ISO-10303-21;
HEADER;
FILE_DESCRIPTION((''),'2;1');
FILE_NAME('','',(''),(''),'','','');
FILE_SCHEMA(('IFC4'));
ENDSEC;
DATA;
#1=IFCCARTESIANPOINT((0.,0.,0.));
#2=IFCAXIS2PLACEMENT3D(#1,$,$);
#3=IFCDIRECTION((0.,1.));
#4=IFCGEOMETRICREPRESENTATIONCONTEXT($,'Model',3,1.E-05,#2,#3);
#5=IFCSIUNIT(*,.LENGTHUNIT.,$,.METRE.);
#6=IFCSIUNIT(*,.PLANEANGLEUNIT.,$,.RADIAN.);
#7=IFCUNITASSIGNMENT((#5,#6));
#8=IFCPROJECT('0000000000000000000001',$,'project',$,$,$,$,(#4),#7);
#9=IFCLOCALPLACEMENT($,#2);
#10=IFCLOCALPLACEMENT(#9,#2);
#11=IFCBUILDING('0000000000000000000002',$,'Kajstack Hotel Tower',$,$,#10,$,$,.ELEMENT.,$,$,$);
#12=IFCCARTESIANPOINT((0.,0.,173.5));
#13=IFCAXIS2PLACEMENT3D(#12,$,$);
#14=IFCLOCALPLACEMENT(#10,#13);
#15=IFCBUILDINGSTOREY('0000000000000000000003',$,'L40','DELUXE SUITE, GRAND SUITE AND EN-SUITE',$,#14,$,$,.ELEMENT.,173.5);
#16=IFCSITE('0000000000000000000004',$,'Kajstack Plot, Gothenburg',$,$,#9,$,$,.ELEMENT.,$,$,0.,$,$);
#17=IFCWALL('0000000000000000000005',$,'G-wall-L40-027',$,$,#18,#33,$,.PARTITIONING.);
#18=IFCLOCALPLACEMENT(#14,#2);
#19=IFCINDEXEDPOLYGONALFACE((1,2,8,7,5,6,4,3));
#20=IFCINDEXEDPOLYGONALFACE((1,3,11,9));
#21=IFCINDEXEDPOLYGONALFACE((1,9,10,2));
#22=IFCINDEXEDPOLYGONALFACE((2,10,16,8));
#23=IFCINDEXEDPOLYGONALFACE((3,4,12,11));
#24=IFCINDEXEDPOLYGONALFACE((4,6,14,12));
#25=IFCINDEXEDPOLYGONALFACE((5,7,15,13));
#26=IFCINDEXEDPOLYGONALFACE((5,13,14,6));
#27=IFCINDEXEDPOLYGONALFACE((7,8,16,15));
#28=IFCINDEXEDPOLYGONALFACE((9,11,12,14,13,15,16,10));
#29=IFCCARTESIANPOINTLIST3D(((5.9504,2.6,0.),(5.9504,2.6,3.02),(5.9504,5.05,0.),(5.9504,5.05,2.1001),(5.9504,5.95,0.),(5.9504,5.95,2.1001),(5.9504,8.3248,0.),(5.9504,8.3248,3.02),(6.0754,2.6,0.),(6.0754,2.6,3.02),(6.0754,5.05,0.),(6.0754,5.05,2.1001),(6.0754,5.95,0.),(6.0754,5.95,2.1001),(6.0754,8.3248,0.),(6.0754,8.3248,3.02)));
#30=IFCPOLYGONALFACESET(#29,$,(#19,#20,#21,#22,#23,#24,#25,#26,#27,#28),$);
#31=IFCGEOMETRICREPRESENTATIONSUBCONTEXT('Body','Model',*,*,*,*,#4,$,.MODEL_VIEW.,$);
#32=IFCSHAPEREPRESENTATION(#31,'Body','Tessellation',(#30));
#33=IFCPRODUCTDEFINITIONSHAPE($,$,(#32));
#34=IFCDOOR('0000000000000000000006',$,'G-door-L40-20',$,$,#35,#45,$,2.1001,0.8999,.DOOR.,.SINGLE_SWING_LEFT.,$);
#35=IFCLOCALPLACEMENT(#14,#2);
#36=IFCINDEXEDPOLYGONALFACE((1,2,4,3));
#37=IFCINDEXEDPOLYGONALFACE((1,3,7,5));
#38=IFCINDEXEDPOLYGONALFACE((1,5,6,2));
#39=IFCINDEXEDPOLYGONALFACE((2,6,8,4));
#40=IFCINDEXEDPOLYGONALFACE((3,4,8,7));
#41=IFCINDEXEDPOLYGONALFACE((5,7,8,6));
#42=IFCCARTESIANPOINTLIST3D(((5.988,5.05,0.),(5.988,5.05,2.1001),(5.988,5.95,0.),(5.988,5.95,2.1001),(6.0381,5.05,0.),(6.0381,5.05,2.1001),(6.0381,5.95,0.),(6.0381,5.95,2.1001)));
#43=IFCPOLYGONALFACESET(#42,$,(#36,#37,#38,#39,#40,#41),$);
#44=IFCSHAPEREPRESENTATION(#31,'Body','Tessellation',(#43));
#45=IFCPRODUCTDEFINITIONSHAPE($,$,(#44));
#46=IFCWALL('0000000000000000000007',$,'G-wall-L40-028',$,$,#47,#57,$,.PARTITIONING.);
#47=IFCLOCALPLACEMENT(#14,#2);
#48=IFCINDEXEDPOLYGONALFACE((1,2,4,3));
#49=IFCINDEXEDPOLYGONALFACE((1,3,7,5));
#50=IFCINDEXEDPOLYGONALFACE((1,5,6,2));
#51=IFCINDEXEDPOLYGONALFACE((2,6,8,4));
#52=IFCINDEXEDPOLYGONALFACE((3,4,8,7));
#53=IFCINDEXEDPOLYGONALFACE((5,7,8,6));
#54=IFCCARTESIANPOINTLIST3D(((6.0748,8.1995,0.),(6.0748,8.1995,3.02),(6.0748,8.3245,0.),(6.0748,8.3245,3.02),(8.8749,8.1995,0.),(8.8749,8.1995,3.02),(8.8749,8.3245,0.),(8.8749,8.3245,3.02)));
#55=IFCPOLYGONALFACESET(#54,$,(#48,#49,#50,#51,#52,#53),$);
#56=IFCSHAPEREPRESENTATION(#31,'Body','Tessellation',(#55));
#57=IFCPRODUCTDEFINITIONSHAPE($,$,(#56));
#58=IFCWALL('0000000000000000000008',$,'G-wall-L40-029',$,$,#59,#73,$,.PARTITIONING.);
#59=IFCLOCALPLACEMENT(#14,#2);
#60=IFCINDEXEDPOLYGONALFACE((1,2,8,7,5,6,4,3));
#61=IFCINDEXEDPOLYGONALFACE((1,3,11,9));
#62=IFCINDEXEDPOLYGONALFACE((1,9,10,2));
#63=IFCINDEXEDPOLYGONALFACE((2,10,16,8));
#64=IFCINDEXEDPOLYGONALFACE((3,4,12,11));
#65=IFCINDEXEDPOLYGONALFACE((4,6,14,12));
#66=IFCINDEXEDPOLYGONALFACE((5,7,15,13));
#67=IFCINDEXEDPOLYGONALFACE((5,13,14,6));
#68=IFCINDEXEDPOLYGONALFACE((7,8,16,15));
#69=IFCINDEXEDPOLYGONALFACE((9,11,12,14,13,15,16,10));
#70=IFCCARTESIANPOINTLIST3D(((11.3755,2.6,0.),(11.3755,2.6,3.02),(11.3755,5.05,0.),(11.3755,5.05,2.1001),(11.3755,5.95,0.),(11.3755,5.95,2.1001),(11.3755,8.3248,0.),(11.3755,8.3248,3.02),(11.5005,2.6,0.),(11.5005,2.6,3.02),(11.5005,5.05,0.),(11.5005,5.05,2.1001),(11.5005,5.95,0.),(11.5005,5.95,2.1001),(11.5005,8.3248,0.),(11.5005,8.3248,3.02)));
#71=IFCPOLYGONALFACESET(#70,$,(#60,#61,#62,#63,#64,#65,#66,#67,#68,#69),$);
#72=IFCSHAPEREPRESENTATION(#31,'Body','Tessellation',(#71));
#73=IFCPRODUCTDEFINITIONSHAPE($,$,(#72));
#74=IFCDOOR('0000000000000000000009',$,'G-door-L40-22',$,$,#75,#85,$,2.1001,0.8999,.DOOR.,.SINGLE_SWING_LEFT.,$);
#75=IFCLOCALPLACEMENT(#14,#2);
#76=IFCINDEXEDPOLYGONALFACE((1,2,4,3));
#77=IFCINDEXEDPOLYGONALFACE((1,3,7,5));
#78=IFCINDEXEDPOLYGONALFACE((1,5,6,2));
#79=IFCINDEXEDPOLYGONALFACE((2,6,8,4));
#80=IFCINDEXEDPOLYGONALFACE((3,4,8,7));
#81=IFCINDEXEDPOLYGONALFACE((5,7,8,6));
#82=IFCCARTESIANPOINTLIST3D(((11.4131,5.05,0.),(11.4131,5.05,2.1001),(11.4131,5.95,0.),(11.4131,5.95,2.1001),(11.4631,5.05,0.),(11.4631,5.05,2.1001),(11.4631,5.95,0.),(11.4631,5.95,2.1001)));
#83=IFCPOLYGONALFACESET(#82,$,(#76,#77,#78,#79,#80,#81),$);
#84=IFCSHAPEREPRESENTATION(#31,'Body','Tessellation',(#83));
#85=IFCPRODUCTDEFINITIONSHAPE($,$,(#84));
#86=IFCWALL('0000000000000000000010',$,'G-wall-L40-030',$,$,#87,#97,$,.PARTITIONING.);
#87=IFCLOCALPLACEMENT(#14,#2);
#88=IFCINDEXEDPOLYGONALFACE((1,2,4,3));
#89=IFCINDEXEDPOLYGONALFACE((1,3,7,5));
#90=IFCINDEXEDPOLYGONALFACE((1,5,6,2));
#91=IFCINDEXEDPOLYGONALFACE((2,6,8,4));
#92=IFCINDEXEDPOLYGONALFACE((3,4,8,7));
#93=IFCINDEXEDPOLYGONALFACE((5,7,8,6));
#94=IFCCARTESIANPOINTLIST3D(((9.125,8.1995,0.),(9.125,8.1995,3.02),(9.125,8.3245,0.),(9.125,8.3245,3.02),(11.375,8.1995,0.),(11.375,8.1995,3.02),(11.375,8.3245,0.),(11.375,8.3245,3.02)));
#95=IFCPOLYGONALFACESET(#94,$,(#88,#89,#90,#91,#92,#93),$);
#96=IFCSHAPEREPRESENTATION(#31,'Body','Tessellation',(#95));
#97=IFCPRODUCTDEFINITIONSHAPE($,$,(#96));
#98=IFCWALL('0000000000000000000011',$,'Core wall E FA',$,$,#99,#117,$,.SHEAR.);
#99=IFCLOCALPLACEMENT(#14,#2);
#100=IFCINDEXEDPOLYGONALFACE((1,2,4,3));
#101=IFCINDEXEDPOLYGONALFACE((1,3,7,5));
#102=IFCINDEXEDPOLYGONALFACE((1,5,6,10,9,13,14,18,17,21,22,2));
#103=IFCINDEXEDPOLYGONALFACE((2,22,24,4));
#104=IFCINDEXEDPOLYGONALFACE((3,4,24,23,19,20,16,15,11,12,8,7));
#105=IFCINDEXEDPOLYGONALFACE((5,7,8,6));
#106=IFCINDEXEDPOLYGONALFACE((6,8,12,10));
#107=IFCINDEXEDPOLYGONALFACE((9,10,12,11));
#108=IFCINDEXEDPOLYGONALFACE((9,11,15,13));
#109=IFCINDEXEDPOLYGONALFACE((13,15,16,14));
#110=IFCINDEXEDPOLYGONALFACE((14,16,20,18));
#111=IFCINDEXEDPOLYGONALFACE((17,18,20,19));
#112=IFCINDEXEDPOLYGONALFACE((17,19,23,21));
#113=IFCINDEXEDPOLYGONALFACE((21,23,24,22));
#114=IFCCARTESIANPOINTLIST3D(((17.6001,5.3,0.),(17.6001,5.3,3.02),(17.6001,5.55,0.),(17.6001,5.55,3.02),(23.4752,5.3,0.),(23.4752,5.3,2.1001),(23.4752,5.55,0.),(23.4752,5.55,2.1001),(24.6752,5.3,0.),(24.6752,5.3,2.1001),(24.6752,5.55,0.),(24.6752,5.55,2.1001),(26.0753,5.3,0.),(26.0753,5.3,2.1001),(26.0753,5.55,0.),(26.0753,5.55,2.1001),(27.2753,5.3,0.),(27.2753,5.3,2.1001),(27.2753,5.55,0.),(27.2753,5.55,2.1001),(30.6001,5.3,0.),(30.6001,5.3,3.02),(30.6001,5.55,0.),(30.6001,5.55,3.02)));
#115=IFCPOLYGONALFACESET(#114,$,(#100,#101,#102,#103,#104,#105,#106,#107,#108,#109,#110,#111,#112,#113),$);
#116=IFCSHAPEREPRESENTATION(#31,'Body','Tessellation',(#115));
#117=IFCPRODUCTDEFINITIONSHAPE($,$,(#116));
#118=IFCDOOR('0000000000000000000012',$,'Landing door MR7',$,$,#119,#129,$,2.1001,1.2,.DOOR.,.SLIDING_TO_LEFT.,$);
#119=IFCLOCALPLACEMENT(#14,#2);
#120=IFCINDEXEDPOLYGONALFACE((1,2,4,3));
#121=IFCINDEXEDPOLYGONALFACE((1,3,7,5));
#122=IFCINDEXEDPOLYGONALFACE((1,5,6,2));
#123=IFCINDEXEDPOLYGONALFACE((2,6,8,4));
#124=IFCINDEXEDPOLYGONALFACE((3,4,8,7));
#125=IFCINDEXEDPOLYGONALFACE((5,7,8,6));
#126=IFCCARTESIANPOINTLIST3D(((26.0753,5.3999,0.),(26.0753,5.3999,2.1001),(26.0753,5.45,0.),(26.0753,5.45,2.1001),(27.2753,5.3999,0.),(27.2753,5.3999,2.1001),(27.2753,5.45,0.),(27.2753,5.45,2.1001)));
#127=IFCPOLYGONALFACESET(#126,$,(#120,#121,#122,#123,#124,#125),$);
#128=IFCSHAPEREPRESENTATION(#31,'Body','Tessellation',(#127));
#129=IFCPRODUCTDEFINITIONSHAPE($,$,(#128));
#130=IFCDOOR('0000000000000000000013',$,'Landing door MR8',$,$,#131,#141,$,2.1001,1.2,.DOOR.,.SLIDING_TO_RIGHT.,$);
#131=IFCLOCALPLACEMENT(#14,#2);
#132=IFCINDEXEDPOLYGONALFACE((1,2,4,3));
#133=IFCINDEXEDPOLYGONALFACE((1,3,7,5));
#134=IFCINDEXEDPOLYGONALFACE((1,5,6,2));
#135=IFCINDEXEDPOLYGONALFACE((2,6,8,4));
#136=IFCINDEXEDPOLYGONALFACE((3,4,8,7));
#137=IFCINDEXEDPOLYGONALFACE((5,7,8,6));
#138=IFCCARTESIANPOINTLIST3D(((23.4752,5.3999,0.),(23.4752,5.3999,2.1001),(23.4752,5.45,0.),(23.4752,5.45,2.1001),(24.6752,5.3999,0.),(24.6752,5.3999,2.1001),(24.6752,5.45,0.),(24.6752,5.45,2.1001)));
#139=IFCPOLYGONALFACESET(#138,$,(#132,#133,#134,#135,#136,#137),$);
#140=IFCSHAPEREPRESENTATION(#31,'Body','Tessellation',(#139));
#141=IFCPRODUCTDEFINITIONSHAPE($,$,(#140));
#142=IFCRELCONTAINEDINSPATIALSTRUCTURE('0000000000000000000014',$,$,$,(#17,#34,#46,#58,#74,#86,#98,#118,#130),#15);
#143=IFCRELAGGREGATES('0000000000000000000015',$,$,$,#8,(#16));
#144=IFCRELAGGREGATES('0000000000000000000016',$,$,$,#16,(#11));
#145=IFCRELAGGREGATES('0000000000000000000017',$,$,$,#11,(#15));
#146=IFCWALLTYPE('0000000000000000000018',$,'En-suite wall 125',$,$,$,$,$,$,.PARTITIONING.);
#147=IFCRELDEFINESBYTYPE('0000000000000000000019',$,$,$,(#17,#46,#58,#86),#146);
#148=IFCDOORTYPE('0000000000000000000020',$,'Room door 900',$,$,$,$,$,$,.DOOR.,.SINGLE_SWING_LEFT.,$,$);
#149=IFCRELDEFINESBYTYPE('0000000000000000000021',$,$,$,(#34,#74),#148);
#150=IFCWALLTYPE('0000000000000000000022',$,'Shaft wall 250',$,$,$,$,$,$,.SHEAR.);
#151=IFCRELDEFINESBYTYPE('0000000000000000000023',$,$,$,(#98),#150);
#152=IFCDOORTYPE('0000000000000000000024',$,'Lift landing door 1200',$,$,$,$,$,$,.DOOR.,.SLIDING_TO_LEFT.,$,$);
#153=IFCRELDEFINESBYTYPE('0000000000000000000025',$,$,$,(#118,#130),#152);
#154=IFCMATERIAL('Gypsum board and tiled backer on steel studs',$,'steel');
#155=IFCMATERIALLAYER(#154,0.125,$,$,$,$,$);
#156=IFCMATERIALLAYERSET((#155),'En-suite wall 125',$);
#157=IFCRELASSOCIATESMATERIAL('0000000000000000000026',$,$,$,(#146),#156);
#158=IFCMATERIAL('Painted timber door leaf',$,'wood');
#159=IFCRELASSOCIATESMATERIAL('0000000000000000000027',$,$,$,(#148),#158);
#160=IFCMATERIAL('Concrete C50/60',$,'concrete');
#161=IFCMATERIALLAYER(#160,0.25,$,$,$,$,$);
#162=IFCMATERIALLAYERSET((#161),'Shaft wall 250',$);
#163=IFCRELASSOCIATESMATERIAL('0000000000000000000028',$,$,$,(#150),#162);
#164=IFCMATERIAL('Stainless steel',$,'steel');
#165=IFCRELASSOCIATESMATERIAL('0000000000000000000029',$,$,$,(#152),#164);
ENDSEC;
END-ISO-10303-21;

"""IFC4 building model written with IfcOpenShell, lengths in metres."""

from ifc_helpers import new_model, si_unit, direction, frame, frame_2d, origin, place, context, subcontext, project, spatial, rectangle, extrude, material, layer, layer_set, type_object, element, fill, save


model = new_model("IFC4")

# Units and contexts
model_context = context("Model", 3, precision=1e-05, world=origin(), true_north=direction((0.0, 1.0)))
body_context = subcontext(model_context, "Body", "Model", "MODEL_VIEW")
ifc_project = project(units=[si_unit("LENGTHUNIT", "METRE"), si_unit("PLANEANGLEUNIT", "RADIAN")], contexts=[model_context])

# Site, building, storey
site_placement = place(None, origin())
site = spatial("IfcSite", under=ifc_project, at=site_placement, Name="Kajstack Plot, Gothenburg", CompositionType="ELEMENT", RefElevation=0.0)
building_placement = place(site_placement, origin())
building = spatial("IfcBuilding", under=site, at=building_placement, Name="Kajstack Hotel Tower", CompositionType="ELEMENT")
storey_placement = place(building_placement, frame((0.0, 0.0, 173.5)))
storey = spatial("IfcBuildingStorey", under=building, at=storey_placement, Name="L40", Description="DELUXE SUITE, GRAND SUITE AND EN-SUITE", CompositionType="ELEMENT", Elevation=173.5)

# Wall, opening, door
ifc_material_1 = material(Name="Gypsum board and tiled backer on steel studs", Category="steel")
ifc_layer_1 = layer(ifc_material_1, 0.125)
ifc_layer_set_1 = layer_set([ifc_layer_1], Name="En-suite wall 125")
wall_type_1 = type_object("IfcWallType", Name="En-suite wall 125", PredefinedType="PARTITIONING", material=ifc_layer_set_1)
wall_1_placement = place(storey_placement, frame((6.0129, 2.6001, 0.0), z_axis=(0.0, 0.0, 1.0), x_axis=(0.0, 1.0, 0.0)))
wall_1 = element("IfcWall", 1, at=wall_1_placement, inside=storey, type_object=wall_type_1, Name="G-wall-L40-027", PredefinedType="PARTITIONING", context=body_context, shape_type="SweptSolid", body=[
    extrude(rectangle(XDim=5.7249, YDim=0.125, at=frame_2d((2.8623, 0.0))), origin(), (0.0, 0.0, 1.0), 3.02),
])
opening_1_placement = place(wall_1_placement, frame((2.45, 0.0, 0.0)))
opening_1 = element("IfcOpeningElement", 2, at=opening_1_placement, cuts=wall_1, PredefinedType="OPENING", context=body_context, shape_type="SweptSolid", body=[
    extrude(rectangle(XDim=0.8999, YDim=2.1001, at=frame_2d((0.45, 1.05))), frame((0.0, 0.0725, 0.0), z_axis=(0.0, -1.0, 0.0), x_axis=(1.0, 0.0, 0.0)), (0.0, 0.0, 1.0), 0.145),
])
ifc_material_2 = material(Name="Painted timber door leaf", Category="wood")
door_type_1 = type_object("IfcDoorType", Name="Room door 900", OperationType="SINGLE_SWING_LEFT", PredefinedType="DOOR", material=ifc_material_2)
door_1_placement = place(opening_1_placement, origin())
door_1 = element("IfcDoor", 3, at=door_1_placement, inside=storey, type_object=door_type_1, Name="G-door-L40-20", OperationType="SINGLE_SWING_LEFT", OverallHeight=2.1001, OverallWidth=0.8999, PredefinedType="DOOR", context=body_context, shape_type="SweptSolid", body=[
    extrude(rectangle(XDim=0.8999, YDim=2.1001, at=frame_2d((0.45, 1.05))), frame((0.0, 0.0249, 0.0), z_axis=(0.0, -1.0, 0.0), x_axis=(1.0, 0.0, 0.0)), (0.0, 0.0, 1.0), 0.05),
])
fill(opening_1, door_1)

# Wall
wall_2_placement = place(storey_placement, frame((6.075, 8.262, 0.0), z_axis=(0.0, 0.0, 1.0), x_axis=(1.0, 0.0, 0.0)))
element("IfcWall", 4, at=wall_2_placement, inside=storey, type_object=wall_type_1, Name="G-wall-L40-028", PredefinedType="PARTITIONING", context=body_context, shape_type="SweptSolid", body=[
    extrude(rectangle(XDim=2.8, YDim=0.125, at=frame_2d((1.3999, 0.0))), origin(), (0.0, 0.0, 1.0), 3.02),
])

# Wall, opening, door
wall_3_placement = place(storey_placement, frame((11.438, 2.6001, 0.0), z_axis=(0.0, 0.0, 1.0), x_axis=(0.0, 1.0, 0.0)))
wall_3 = element("IfcWall", 5, at=wall_3_placement, inside=storey, type_object=wall_type_1, Name="G-wall-L40-029", PredefinedType="PARTITIONING", context=body_context, shape_type="SweptSolid", body=[
    extrude(rectangle(XDim=5.7249, YDim=0.125, at=frame_2d((2.8623, 0.0))), origin(), (0.0, 0.0, 1.0), 3.02),
])
opening_2_placement = place(wall_3_placement, frame((2.45, 0.0, 0.0)))
opening_2 = element("IfcOpeningElement", 6, at=opening_2_placement, cuts=wall_3, PredefinedType="OPENING", context=body_context, shape_type="SweptSolid", body=[
    extrude(rectangle(XDim=0.8999, YDim=2.1001, at=frame_2d((0.45, 1.05))), frame((0.0, 0.0725, 0.0), z_axis=(0.0, -1.0, 0.0), x_axis=(1.0, 0.0, 0.0)), (0.0, 0.0, 1.0), 0.145),
])
door_2_placement = place(opening_2_placement, origin())
door_2 = element("IfcDoor", 7, at=door_2_placement, inside=storey, type_object=door_type_1, Name="G-door-L40-22", OperationType="SINGLE_SWING_LEFT", OverallHeight=2.1001, OverallWidth=0.8999, PredefinedType="DOOR", context=body_context, shape_type="SweptSolid", body=[
    extrude(rectangle(XDim=0.8999, YDim=2.1001, at=frame_2d((0.45, 1.05))), frame((0.0, 0.0249, 0.0), z_axis=(0.0, -1.0, 0.0), x_axis=(1.0, 0.0, 0.0)), (0.0, 0.0, 1.0), 0.05),
])
fill(opening_2, door_2)

# Wall
wall_4_placement = place(storey_placement, frame((9.125, 8.262, 0.0), z_axis=(0.0, 0.0, 1.0), x_axis=(1.0, 0.0, 0.0)))
element("IfcWall", 8, at=wall_4_placement, inside=storey, type_object=wall_type_1, Name="G-wall-L40-030", PredefinedType="PARTITIONING", context=body_context, shape_type="SweptSolid", body=[
    extrude(rectangle(XDim=2.25, YDim=0.125, at=frame_2d((1.125, 0.0))), origin(), (0.0, 0.0, 1.0), 3.02),
])

# Wall, openings, doors
ifc_material_3 = material(Name="Concrete C50/60", Category="concrete")
ifc_layer_2 = layer(ifc_material_3, 0.25)
ifc_layer_set_2 = layer_set([ifc_layer_2], Name="Shaft wall 250")
wall_type_2 = type_object("IfcWallType", Name="Shaft wall 250", PredefinedType="SHEAR", material=ifc_layer_set_2)
wall_5_placement = place(storey_placement, frame((17.6001, 5.425, 0.0), z_axis=(0.0, 0.0, 1.0), x_axis=(1.0, 0.0, 0.0)))
wall_5 = element("IfcWall", 9, at=wall_5_placement, inside=storey, type_object=wall_type_2, Name="Core wall E FA", PredefinedType="SHEAR", context=body_context, shape_type="SweptSolid", body=[
    extrude(rectangle(XDim=13.0, YDim=0.25, at=frame_2d((6.5, 0.0))), origin(), (0.0, 0.0, 1.0), 3.02),
])
opening_3_placement = place(wall_5_placement, frame((8.4751, 0.0, 0.0)))
opening_3 = element("IfcOpeningElement", 10, at=opening_3_placement, cuts=wall_5, PredefinedType="OPENING", context=body_context, shape_type="SweptSolid", body=[
    extrude(rectangle(XDim=1.2, YDim=2.1001, at=frame_2d((0.6001, 1.05))), frame((0.0, 0.135, 0.0), z_axis=(0.0, -1.0, 0.0), x_axis=(1.0, 0.0, 0.0)), (0.0, 0.0, 1.0), 0.27),
])
opening_4_placement = place(wall_5_placement, frame((5.875, 0.0, 0.0)))
opening_4 = element("IfcOpeningElement", 11, at=opening_4_placement, cuts=wall_5, PredefinedType="OPENING", context=body_context, shape_type="SweptSolid", body=[
    extrude(rectangle(XDim=1.2, YDim=2.1001, at=frame_2d((0.6001, 1.05))), frame((0.0, 0.135, 0.0), z_axis=(0.0, -1.0, 0.0), x_axis=(1.0, 0.0, 0.0)), (0.0, 0.0, 1.0), 0.27),
])
ifc_material_4 = material(Name="Stainless steel", Category="steel")
door_type_2 = type_object("IfcDoorType", Name="Lift landing door 1200", OperationType="SLIDING_TO_LEFT", PredefinedType="DOOR", material=ifc_material_4)
door_3_placement = place(opening_3_placement, origin())
door_3 = element("IfcDoor", 12, at=door_3_placement, inside=storey, type_object=door_type_2, Name="Landing door MR7", OperationType="SLIDING_TO_LEFT", OverallHeight=2.1001, OverallWidth=1.2, PredefinedType="DOOR", context=body_context, shape_type="SweptSolid", body=[
    extrude(rectangle(XDim=1.2, YDim=2.1001, at=frame_2d((0.6001, 1.05))), frame((0.0, 0.0249, 0.0), z_axis=(0.0, -1.0, 0.0), x_axis=(1.0, 0.0, 0.0)), (0.0, 0.0, 1.0), 0.05),
])
fill(opening_3, door_3)
door_4_placement = place(opening_4_placement, origin())
door_4 = element("IfcDoor", 13, at=door_4_placement, inside=storey, type_object=door_type_2, Name="Landing door MR8", OperationType="SLIDING_TO_RIGHT", OverallHeight=2.1001, OverallWidth=1.2, PredefinedType="DOOR", context=body_context, shape_type="SweptSolid", body=[
    extrude(rectangle(XDim=1.2, YDim=2.1001, at=frame_2d((0.6001, 1.05))), frame((0.0, 0.0249, 0.0), z_axis=(0.0, -1.0, 0.0), x_axis=(1.0, 0.0, 0.0)), (0.0, 0.0, 1.0), 0.05),
])
fill(opening_4, door_4)

save(model, "model.ifc")
